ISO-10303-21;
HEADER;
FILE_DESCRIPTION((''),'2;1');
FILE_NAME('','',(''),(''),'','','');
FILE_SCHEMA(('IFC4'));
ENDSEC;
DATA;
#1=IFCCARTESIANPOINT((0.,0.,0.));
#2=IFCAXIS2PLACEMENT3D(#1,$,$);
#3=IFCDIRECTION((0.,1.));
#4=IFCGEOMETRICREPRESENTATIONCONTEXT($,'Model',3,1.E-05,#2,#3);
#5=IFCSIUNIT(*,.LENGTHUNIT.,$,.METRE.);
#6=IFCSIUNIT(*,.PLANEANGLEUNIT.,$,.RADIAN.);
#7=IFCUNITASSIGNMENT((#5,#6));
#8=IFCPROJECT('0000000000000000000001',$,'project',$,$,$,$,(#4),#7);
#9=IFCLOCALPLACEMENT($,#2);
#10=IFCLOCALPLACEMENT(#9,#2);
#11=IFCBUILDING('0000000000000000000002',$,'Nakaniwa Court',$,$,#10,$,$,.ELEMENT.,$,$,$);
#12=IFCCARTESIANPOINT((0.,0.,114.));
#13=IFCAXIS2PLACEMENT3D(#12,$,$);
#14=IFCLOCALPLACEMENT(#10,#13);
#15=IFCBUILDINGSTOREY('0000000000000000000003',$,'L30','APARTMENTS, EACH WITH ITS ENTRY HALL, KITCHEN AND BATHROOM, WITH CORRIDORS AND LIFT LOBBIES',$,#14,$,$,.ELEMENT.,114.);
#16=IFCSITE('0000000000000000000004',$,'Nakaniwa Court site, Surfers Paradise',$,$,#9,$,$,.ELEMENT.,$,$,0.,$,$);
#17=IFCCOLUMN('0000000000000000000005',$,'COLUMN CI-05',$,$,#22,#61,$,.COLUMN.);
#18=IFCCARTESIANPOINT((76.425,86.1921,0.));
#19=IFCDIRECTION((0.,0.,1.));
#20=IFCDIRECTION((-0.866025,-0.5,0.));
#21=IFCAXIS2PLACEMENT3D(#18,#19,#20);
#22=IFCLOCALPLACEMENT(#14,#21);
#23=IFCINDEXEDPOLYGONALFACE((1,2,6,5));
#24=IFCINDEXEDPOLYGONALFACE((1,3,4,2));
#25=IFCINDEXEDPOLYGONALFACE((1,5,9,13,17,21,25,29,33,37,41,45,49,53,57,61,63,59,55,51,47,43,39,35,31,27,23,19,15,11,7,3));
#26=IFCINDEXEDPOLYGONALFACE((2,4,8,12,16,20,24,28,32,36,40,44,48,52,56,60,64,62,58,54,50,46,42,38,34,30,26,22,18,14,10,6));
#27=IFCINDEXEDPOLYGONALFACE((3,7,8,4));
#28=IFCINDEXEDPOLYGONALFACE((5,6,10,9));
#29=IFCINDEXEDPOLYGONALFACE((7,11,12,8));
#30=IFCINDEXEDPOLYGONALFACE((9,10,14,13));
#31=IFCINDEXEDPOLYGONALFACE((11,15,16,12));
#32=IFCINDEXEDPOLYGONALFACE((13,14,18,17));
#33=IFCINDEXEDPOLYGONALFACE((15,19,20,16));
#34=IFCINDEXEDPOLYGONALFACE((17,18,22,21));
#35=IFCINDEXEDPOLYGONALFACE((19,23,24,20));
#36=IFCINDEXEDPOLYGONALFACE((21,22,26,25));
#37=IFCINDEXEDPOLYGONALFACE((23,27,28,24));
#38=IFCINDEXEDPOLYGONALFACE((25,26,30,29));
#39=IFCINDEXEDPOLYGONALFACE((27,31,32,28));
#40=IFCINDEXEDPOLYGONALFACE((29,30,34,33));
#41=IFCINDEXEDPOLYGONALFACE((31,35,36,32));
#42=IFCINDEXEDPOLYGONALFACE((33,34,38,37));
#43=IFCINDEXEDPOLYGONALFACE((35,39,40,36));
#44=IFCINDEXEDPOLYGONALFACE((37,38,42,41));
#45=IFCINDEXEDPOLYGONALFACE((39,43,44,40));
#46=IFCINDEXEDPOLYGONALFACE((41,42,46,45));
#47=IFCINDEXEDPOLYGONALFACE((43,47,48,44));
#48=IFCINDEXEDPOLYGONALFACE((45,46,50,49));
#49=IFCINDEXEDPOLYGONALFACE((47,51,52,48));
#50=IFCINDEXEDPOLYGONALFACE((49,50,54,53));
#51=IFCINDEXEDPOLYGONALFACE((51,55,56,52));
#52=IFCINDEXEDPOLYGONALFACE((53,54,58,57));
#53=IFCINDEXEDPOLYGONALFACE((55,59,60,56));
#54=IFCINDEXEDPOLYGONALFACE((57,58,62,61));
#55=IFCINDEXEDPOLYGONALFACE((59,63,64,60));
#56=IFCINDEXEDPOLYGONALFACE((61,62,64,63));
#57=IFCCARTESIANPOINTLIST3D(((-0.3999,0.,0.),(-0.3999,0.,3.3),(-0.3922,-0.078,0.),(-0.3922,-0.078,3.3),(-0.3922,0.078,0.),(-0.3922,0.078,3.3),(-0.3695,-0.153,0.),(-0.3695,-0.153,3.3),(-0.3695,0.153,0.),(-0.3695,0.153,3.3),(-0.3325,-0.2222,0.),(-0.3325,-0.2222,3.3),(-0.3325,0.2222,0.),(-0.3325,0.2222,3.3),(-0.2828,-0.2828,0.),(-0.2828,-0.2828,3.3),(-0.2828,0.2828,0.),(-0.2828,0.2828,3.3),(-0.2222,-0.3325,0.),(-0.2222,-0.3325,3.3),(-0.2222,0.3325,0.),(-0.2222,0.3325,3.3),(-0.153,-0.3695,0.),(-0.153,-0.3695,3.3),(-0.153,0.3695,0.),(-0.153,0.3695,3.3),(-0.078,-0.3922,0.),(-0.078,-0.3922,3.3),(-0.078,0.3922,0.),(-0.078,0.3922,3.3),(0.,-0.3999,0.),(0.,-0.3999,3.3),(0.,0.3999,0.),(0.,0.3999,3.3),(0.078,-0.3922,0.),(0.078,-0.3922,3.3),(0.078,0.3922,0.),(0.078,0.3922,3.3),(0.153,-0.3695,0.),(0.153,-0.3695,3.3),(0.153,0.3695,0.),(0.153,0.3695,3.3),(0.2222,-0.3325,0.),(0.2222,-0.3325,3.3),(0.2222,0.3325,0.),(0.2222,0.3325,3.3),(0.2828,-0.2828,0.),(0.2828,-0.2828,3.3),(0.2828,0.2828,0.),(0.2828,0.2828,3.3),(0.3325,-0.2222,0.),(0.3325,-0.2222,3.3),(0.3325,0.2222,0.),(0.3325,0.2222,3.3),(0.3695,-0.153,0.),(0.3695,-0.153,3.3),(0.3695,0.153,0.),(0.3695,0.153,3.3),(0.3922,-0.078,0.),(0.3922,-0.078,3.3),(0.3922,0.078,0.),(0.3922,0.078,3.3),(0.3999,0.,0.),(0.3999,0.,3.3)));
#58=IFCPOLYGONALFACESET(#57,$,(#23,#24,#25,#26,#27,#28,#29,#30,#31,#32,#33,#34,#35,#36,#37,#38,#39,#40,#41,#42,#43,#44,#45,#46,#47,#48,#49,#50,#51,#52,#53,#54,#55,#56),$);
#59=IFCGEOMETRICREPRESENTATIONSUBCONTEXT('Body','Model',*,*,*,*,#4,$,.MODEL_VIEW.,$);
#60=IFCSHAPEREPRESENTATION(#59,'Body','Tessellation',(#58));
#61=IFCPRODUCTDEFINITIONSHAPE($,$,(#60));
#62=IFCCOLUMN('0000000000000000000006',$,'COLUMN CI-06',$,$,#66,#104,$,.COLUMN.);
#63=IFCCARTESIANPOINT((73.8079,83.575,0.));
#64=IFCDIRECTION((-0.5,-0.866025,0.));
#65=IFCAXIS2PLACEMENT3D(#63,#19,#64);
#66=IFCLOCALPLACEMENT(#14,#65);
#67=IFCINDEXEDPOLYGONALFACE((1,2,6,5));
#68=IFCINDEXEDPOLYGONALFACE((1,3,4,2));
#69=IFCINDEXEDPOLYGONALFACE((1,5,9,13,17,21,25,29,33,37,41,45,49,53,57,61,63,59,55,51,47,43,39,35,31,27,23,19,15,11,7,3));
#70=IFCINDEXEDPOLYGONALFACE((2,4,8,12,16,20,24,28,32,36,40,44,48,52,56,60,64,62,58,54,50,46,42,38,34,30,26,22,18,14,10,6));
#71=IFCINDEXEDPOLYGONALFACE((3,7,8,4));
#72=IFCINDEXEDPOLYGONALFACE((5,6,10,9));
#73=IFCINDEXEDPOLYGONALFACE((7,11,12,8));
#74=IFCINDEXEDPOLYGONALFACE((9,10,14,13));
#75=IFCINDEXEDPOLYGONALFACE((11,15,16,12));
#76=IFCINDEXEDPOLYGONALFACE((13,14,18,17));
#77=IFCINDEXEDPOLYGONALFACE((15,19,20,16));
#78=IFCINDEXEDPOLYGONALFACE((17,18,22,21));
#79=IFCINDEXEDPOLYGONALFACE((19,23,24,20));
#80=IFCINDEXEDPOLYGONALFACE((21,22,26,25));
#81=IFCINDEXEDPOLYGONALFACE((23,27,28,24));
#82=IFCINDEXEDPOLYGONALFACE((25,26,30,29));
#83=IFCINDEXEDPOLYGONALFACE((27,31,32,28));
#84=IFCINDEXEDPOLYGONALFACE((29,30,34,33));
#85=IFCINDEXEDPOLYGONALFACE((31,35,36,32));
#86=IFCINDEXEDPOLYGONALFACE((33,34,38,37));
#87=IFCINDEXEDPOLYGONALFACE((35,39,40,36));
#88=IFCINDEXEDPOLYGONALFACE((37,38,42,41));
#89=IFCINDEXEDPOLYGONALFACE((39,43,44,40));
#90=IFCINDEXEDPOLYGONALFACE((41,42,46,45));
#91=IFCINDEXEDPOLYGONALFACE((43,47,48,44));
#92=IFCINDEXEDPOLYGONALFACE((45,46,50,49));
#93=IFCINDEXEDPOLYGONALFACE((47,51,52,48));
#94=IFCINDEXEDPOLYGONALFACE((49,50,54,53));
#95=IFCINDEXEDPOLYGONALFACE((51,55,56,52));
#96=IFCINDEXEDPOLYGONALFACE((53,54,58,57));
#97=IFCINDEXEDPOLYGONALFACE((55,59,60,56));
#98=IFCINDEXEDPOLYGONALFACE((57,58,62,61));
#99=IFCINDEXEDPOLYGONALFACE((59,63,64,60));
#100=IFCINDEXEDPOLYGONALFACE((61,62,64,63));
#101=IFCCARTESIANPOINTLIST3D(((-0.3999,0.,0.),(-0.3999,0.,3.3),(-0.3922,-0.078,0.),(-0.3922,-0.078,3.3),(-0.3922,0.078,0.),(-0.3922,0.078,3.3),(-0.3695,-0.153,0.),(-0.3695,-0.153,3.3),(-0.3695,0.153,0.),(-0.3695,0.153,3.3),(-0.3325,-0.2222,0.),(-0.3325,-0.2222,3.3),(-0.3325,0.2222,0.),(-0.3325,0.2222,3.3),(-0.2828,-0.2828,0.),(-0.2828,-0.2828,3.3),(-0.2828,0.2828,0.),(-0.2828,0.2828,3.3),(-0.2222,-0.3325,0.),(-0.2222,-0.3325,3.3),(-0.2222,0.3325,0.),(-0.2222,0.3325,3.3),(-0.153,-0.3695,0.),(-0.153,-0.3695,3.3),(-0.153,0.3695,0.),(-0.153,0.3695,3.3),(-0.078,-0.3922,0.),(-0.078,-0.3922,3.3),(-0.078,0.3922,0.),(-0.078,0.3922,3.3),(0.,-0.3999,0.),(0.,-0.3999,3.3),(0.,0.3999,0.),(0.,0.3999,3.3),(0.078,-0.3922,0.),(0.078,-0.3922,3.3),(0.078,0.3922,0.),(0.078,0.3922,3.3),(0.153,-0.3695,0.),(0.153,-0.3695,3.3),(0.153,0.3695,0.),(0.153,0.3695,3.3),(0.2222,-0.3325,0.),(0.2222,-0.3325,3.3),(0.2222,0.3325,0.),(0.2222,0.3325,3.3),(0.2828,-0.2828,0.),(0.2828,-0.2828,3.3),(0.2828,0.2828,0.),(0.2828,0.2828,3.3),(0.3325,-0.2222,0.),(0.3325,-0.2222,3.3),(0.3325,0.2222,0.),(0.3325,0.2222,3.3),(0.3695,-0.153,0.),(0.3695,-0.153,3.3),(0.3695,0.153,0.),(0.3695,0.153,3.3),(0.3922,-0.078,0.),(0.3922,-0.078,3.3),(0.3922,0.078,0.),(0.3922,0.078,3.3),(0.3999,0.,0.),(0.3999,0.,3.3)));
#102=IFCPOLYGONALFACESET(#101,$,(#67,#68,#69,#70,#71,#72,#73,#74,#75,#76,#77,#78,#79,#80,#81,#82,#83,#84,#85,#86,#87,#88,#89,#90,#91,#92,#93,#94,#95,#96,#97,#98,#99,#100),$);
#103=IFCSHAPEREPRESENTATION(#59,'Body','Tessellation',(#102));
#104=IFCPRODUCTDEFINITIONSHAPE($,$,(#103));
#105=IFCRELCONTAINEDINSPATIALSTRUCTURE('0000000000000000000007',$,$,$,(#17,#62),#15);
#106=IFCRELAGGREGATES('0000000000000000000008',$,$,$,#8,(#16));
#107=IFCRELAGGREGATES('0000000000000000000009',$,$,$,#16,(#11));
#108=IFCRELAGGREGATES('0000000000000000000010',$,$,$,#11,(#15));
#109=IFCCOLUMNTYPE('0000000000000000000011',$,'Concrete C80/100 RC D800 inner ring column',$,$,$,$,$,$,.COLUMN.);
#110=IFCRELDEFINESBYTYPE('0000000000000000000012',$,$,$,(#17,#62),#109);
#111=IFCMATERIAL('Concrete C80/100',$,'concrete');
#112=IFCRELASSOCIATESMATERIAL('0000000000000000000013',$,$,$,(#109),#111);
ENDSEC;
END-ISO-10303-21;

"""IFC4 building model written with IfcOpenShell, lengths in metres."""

from ifc_helpers import new_model, si_unit, direction, frame, origin, origin_2d, place, context, subcontext, project, spatial, circle, extrude, material, material_profile, profile_set, type_object, element, save


model = new_model("IFC4")

# Units and contexts
model_context = context("Model", 3, precision=1e-05, world=origin(), true_north=direction((0.0, 1.0)))
body_context = subcontext(model_context, "Body", "Model", "MODEL_VIEW")
ifc_project = project(units=[si_unit("LENGTHUNIT", "METRE"), si_unit("PLANEANGLEUNIT", "RADIAN")], contexts=[model_context])

# Site, building, storey
site_placement = place(None, origin())
site = spatial("IfcSite", under=ifc_project, at=site_placement, Name="Nakaniwa Court site, Surfers Paradise", CompositionType="ELEMENT", RefElevation=0.0)
building_placement = place(site_placement, origin())
building = spatial("IfcBuilding", under=site, at=building_placement, Name="Nakaniwa Court", CompositionType="ELEMENT")
storey_placement = place(building_placement, frame((0.0, 0.0, 114.0)))
storey = spatial("IfcBuildingStorey", under=building, at=storey_placement, Name="L30", Description="APARTMENTS, EACH WITH ITS ENTRY HALL, KITCHEN AND BATHROOM, WITH CORRIDORS AND LIFT LOBBIES", CompositionType="ELEMENT", Elevation=114.0)

# Columns
ifc_material_1 = material(Name="Concrete C80/100", Category="concrete")
ifc_material_profile_1 = material_profile(ifc_material_1, circle(Radius=0.3999, at=origin_2d()), Name="Concrete C80/100 RC D800 inner ring column")
ifc_profile_set_1 = profile_set([ifc_material_profile_1], Name="Concrete C80/100")
column_type = type_object("IfcColumnType", Name="Concrete C80/100 RC D800 inner ring column", PredefinedType="COLUMN", material=ifc_profile_set_1)
for number, where, z_axis, x_axis, name in (
    (1, (76.425, 86.1921, 0.0), (0.0, 0.0, 1.0), (-0.866025, -0.5, 0.0), "COLUMN CI-05"),
    (2, (73.8079, 83.575, 0.0), (0.0, 0.0, 1.0), (-0.5, -0.866025, 0.0), "COLUMN CI-06"),
):
    element("IfcColumn", number, at=place(storey_placement, frame(where, z_axis=z_axis, x_axis=x_axis)), inside=storey, type_object=column_type, Name=name, PredefinedType="COLUMN", context=body_context, shape_type="SweptSolid", body=[
        extrude(circle(Radius=0.3999, at=origin_2d()), origin(), (0.0, 0.0, 1.0), 3.3),
    ])

save(model, "model.ifc")
